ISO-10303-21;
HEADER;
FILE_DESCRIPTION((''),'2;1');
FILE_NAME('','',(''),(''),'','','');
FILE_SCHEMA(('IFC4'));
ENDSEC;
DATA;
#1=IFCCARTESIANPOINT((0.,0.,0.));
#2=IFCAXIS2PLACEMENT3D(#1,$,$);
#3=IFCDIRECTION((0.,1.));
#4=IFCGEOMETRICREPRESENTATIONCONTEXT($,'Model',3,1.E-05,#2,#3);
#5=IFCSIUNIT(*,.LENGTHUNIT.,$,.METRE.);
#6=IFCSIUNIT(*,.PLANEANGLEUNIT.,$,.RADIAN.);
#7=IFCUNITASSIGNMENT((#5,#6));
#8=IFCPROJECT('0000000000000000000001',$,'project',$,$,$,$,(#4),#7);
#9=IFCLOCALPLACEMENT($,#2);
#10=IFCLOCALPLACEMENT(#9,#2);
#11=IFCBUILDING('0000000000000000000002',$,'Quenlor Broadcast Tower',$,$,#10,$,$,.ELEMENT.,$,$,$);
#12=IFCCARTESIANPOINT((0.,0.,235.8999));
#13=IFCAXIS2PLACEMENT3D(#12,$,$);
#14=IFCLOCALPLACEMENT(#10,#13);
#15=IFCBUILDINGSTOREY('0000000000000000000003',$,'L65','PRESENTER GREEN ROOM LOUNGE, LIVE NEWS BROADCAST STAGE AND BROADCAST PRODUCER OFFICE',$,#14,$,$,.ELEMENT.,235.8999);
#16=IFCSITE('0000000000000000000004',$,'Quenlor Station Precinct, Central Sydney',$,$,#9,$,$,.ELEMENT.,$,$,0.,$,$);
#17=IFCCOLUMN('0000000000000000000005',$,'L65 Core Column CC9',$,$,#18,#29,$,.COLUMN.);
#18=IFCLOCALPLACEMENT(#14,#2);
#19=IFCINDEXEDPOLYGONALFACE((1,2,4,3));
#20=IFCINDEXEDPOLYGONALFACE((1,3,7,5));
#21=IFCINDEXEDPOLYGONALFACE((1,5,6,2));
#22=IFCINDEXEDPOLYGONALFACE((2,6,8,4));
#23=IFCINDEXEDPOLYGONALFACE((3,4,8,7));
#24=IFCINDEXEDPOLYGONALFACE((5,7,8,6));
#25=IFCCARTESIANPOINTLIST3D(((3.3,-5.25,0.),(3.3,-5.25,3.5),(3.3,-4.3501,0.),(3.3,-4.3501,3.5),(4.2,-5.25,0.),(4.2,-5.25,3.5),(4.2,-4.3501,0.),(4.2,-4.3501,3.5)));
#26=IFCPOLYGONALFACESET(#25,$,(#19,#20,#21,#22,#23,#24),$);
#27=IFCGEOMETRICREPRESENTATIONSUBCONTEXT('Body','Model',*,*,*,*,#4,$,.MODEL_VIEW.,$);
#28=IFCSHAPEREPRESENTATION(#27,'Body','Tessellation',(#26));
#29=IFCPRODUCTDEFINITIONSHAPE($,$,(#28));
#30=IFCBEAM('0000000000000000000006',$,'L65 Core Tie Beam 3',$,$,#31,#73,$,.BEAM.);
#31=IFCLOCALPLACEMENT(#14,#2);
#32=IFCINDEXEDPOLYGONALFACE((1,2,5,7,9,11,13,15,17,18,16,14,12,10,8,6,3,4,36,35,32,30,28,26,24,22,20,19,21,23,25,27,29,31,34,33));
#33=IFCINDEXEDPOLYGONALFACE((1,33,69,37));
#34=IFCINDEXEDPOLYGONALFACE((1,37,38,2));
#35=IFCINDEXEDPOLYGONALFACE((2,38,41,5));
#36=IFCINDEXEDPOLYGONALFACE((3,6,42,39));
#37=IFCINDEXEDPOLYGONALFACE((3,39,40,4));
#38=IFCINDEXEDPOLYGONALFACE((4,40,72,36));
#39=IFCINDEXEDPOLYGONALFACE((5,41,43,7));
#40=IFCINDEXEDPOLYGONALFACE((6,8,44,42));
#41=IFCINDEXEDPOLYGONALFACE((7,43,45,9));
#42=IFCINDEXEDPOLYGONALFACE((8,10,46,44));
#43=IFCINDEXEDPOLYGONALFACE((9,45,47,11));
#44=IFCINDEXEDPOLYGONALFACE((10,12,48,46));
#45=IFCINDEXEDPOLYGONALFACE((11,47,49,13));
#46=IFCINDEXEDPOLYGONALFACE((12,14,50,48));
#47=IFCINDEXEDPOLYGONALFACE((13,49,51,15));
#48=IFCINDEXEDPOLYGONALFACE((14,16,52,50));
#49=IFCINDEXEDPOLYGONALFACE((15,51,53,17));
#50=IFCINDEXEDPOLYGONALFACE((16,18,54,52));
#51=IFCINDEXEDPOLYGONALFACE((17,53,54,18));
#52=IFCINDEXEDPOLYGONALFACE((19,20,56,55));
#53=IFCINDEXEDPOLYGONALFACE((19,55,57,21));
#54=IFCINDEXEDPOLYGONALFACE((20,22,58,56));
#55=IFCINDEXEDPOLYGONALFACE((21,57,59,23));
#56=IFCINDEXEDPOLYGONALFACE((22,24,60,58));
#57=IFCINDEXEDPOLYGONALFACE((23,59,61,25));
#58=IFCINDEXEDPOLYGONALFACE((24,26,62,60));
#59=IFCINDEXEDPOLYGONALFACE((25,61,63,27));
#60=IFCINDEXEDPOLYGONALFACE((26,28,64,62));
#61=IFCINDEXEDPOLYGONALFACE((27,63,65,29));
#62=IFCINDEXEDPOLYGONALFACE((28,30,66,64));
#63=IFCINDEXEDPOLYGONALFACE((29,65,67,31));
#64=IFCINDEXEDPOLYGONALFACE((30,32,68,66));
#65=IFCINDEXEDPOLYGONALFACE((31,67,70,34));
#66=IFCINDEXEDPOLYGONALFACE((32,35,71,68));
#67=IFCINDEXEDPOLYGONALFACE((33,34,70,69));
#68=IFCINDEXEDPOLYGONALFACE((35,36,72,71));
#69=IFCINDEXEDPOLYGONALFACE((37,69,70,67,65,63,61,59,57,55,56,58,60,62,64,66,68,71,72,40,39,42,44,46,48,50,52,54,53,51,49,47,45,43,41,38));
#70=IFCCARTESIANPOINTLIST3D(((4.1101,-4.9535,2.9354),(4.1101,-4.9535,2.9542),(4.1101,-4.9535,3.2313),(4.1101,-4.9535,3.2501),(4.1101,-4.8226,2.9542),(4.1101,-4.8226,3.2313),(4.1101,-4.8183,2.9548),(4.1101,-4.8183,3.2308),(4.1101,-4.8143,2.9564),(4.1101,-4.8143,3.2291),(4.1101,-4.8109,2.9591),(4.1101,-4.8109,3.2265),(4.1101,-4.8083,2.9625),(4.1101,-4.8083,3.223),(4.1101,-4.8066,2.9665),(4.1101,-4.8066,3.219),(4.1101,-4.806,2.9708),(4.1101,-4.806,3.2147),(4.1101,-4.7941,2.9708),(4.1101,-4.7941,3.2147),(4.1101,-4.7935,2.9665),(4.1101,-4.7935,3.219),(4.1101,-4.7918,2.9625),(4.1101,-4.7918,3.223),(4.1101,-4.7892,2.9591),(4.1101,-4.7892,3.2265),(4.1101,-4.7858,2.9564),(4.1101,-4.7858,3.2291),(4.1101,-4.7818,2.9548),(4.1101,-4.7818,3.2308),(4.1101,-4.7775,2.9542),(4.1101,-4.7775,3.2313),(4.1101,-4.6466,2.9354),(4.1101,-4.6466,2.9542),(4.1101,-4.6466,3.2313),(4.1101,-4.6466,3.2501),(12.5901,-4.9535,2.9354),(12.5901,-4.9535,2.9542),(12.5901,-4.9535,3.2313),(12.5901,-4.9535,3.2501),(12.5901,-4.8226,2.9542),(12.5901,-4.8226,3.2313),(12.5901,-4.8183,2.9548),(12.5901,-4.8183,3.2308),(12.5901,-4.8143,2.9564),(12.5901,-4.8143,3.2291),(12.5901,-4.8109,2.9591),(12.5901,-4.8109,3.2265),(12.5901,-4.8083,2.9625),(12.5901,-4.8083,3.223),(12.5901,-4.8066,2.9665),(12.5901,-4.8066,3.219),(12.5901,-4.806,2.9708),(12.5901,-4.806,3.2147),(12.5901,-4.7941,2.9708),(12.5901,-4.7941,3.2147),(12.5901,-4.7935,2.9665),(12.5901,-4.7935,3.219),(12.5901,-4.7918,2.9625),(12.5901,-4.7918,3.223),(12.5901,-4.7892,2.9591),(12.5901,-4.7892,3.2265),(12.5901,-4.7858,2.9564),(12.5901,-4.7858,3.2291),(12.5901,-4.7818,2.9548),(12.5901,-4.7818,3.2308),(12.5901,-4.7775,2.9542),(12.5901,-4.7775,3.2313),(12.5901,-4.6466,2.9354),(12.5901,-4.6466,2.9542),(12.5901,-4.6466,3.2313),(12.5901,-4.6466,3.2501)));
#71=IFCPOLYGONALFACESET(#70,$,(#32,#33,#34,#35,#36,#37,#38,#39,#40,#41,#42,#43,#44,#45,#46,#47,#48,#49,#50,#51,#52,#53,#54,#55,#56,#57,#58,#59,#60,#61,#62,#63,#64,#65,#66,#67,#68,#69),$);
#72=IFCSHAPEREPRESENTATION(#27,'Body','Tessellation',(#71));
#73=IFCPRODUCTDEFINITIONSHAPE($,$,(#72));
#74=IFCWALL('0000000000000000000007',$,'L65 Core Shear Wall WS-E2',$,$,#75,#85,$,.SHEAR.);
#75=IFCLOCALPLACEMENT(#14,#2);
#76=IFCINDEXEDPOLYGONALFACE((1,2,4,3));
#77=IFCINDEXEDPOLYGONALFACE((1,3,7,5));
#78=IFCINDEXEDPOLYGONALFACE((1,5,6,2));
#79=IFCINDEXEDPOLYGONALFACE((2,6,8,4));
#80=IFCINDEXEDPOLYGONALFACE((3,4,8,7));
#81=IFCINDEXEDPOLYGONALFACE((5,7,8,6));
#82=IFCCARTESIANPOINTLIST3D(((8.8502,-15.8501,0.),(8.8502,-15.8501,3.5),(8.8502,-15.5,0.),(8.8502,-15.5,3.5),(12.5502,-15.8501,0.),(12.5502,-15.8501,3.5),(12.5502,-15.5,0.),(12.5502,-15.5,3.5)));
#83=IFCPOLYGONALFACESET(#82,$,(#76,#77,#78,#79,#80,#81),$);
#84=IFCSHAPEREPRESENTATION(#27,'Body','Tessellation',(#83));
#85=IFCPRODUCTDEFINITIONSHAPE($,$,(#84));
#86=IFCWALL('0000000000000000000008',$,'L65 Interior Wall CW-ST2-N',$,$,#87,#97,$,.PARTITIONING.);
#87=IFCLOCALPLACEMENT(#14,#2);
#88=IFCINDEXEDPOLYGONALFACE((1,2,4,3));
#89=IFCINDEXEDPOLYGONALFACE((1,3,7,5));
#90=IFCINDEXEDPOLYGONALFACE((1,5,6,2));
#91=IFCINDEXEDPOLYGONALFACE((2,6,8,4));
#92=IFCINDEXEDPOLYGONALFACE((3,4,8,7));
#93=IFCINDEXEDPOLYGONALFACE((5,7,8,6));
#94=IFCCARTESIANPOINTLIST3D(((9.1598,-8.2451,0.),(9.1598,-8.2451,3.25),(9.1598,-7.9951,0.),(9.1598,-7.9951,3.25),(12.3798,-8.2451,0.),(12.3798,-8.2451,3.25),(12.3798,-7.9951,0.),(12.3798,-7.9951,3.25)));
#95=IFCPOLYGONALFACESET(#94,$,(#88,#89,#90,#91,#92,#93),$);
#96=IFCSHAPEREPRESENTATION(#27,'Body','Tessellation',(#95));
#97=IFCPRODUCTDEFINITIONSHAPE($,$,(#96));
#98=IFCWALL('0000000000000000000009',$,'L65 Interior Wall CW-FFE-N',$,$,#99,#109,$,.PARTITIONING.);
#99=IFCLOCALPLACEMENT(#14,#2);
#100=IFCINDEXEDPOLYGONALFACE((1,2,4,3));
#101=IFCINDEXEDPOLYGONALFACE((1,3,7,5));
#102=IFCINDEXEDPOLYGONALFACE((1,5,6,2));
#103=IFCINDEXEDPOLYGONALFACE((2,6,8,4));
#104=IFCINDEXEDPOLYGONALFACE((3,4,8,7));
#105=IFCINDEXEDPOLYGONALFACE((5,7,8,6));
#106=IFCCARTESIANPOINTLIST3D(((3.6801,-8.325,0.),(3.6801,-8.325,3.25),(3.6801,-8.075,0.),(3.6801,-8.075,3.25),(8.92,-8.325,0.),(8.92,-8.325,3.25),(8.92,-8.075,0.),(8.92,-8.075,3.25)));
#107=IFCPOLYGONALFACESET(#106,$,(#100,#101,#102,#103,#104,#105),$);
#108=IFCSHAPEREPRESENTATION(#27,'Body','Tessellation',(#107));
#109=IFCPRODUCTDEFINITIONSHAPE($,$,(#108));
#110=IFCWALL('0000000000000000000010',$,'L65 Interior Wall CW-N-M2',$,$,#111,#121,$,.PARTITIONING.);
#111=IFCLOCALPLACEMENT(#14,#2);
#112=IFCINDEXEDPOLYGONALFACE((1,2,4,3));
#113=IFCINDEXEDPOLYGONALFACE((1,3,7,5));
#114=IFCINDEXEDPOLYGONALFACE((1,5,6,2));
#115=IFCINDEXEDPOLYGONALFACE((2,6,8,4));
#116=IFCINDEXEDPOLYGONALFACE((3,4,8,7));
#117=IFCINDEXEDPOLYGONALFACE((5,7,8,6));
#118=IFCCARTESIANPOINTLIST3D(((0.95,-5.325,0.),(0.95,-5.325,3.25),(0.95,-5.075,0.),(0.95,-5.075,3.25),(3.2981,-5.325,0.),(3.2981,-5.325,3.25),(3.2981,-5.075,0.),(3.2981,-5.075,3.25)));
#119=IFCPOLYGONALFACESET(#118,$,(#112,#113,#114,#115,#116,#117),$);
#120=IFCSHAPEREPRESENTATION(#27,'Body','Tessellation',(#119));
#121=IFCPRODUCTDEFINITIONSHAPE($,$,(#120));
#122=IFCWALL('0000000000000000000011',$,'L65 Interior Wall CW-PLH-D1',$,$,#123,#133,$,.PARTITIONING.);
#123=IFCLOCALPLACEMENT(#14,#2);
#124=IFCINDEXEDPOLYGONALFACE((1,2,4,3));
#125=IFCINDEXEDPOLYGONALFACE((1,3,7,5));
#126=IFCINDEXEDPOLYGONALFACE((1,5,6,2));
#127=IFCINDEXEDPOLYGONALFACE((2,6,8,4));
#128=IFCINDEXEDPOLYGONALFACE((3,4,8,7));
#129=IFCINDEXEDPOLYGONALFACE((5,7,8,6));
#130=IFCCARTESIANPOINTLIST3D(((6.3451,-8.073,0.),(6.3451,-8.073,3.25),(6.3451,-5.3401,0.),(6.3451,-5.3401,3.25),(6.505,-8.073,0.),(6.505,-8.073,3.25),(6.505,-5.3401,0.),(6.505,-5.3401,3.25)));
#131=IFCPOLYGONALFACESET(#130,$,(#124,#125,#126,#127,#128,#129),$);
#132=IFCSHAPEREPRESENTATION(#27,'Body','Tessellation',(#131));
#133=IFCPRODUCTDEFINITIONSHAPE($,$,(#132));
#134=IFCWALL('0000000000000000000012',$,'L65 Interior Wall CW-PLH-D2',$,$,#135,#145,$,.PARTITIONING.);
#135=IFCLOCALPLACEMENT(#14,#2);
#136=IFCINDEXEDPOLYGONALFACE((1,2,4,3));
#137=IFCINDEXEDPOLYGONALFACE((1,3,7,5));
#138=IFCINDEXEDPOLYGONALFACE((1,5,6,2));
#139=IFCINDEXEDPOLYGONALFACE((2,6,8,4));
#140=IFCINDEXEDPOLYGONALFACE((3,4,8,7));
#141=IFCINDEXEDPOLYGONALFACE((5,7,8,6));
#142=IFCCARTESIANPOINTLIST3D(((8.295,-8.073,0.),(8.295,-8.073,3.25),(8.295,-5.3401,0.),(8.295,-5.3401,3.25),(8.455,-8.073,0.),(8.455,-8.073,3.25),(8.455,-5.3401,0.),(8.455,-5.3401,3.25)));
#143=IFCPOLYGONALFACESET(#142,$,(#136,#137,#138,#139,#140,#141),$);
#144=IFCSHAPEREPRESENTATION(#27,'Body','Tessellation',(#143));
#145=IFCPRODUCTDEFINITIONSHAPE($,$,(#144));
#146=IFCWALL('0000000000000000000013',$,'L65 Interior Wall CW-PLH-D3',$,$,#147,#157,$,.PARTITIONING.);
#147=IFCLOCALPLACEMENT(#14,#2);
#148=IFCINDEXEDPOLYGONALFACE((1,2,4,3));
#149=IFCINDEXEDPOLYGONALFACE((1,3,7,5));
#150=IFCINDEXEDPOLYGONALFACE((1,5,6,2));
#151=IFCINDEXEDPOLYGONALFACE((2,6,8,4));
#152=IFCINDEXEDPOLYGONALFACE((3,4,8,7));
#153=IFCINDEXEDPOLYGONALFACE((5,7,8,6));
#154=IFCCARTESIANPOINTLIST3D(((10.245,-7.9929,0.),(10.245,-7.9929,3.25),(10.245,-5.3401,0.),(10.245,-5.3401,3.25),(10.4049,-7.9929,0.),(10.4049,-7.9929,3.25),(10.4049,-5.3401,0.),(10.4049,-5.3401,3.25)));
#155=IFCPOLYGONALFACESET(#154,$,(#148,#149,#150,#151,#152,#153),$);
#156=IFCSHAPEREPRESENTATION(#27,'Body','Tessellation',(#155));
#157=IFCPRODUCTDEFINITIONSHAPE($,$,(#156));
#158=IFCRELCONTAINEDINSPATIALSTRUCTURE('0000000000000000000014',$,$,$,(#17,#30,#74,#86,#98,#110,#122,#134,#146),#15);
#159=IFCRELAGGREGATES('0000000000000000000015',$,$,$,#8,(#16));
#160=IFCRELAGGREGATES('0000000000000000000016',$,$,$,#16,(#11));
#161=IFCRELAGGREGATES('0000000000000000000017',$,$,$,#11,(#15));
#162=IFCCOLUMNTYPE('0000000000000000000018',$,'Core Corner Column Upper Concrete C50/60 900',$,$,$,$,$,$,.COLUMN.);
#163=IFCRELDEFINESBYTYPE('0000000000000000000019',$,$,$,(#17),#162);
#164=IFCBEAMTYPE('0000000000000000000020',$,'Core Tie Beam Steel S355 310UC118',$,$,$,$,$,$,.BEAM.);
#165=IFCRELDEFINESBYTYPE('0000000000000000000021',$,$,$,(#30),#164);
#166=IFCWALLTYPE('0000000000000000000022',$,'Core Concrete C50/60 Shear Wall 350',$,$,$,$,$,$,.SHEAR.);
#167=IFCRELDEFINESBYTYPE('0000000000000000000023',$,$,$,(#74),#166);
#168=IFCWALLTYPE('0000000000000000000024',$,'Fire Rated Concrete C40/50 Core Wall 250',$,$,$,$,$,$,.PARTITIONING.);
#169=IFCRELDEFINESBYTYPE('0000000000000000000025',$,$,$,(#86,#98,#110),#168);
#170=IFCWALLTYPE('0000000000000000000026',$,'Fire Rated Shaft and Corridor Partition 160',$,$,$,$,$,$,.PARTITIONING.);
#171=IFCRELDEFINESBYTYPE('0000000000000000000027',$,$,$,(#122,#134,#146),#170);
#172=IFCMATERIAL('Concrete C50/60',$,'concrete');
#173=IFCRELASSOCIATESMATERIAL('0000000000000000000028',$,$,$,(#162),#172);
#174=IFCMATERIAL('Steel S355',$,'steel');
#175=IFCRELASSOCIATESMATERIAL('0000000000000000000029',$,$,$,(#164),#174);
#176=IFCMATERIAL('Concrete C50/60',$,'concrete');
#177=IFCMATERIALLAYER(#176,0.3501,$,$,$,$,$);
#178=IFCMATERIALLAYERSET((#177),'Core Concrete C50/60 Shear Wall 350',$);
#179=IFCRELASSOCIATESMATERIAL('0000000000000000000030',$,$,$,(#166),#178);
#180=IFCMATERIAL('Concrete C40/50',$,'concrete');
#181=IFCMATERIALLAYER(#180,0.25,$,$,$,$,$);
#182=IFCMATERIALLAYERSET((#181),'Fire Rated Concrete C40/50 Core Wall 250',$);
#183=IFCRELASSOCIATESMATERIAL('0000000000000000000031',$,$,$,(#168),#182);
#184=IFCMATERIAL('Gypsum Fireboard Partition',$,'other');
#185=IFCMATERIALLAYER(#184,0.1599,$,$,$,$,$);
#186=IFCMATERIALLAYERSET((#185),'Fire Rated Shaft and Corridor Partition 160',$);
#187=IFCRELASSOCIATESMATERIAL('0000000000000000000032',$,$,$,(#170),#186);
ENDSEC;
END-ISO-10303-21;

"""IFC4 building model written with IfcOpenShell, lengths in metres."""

from ifc_helpers import new_model, si_unit, direction, frame, frame_2d, origin, origin_2d, place, context, subcontext, project, spatial, rectangle, i_section, extrude, material, layer, layer_set, material_profile, profile_set, type_object, element, save


model = new_model("IFC4")

# Units and contexts
model_context = context("Model", 3, precision=1e-05, world=origin(), true_north=direction((0.0, 1.0)))
body_context = subcontext(model_context, "Body", "Model", "MODEL_VIEW")
ifc_project = project(units=[si_unit("LENGTHUNIT", "METRE"), si_unit("PLANEANGLEUNIT", "RADIAN")], contexts=[model_context])

# Site, building, storey
site_placement = place(None, origin())
site = spatial("IfcSite", under=ifc_project, at=site_placement, Name="Quenlor Station Precinct, Central Sydney", CompositionType="ELEMENT", RefElevation=0.0)
building_placement = place(site_placement, origin())
building = spatial("IfcBuilding", under=site, at=building_placement, Name="Quenlor Broadcast Tower", CompositionType="ELEMENT")
storey_placement = place(building_placement, frame((0.0, 0.0, 235.8999)))
storey = spatial("IfcBuildingStorey", under=building, at=storey_placement, Name="L65", Description="PRESENTER GREEN ROOM LOUNGE, LIVE NEWS BROADCAST STAGE AND BROADCAST PRODUCER OFFICE", CompositionType="ELEMENT", Elevation=235.8999)

# Column
ifc_material_1 = material(Name="Concrete C50/60", Category="concrete")
ifc_material_profile_1 = material_profile(ifc_material_1, rectangle(XDim=0.8999, YDim=0.8999, at=origin_2d()))
ifc_profile_set_1 = profile_set([ifc_material_profile_1], Name="Concrete C50/60 RC900x900")
column_type = type_object("IfcColumnType", Name="Core Corner Column Upper Concrete C50/60 900", PredefinedType="COLUMN", material=ifc_profile_set_1)
column_placement = place(storey_placement, frame((3.75, -4.8, 0.0), z_axis=(0.0, 0.0, 1.0), x_axis=(1.0, 0.0, 0.0)))
element("IfcColumn", 1, at=column_placement, inside=storey, type_object=column_type, Name="L65 Core Column CC9", PredefinedType="COLUMN", context=body_context, shape_type="SweptSolid", body=[
    extrude(rectangle(XDim=0.8999, YDim=0.8999, at=origin_2d()), origin(), (0.0, 0.0, 1.0), 3.5),
])

# Beam
ifc_material_2 = material(Name="Steel S355", Category="steel")
ifc_material_profile_2 = material_profile(ifc_material_2, i_section(OverallWidth=0.3069, OverallDepth=0.3147, WebThickness=0.012, FlangeThickness=0.0188, FilletRadius=0.0166, at=origin_2d()))
ifc_profile_set_2 = profile_set([ifc_material_profile_2], Name="Steel S355 310UC118")
beam_type = type_object("IfcBeamType", Name="Core Tie Beam Steel S355 310UC118", PredefinedType="BEAM", material=ifc_profile_set_2)
beam_placement = place(storey_placement, frame((4.1101, -4.8, 3.0928), z_axis=(1.0, 0.0, 0.0), x_axis=(0.0, 1.0, 0.0)))
element("IfcBeam", 2, at=beam_placement, inside=storey, type_object=beam_type, Name="L65 Core Tie Beam 3", PredefinedType="BEAM", context=body_context, shape_type="SweptSolid", body=[
    extrude(i_section(OverallWidth=0.3069, OverallDepth=0.3147, WebThickness=0.012, FlangeThickness=0.0188, FilletRadius=0.0166, at=origin_2d()), origin(), (0.0, 0.0, 1.0), 8.48),
])

# Wall
ifc_material_3 = material(Name="Concrete C50/60", Category="concrete")
ifc_layer_1 = layer(ifc_material_3, 0.3501)
ifc_layer_set_1 = layer_set([ifc_layer_1], Name="Core Concrete C50/60 Shear Wall 350")
wall_type_1 = type_object("IfcWallType", Name="Core Concrete C50/60 Shear Wall 350", PredefinedType="SHEAR", material=ifc_layer_set_1)
wall_1_placement = place(storey_placement, frame((8.8501, -15.675, 0.0), z_axis=(0.0, 0.0, 1.0), x_axis=(1.0, 0.0, 0.0)))
element("IfcWall", 3, at=wall_1_placement, inside=storey, type_object=wall_type_1, Name="L65 Core Shear Wall WS-E2", PredefinedType="SHEAR", context=body_context, shape_type="SweptSolid", body=[
    extrude(rectangle(XDim=3.7, YDim=0.3501, at=frame_2d((1.8501, 0.0))), origin(), (0.0, 0.0, 1.0), 3.5),
])

# Shared definitions
ifc_material_4 = material(Name="Concrete C40/50", Category="concrete")
ifc_layer_2 = layer(ifc_material_4, 0.25)
ifc_layer_set_2 = layer_set([ifc_layer_2], Name="Fire Rated Concrete C40/50 Core Wall 250")
wall_type_2 = type_object("IfcWallType", Name="Fire Rated Concrete C40/50 Core Wall 250", PredefinedType="PARTITIONING", material=ifc_layer_set_2)

# Wall
wall_2_placement = place(storey_placement, frame((9.1599, -8.1201, 0.0), z_axis=(0.0, 0.0, 1.0), x_axis=(1.0, 0.0, 0.0)))
element("IfcWall", 4, at=wall_2_placement, inside=storey, type_object=wall_type_2, Name="L65 Interior Wall CW-ST2-N", PredefinedType="PARTITIONING", context=body_context, shape_type="SweptSolid", body=[
    extrude(rectangle(XDim=3.22, YDim=0.25, at=frame_2d((1.6099, 0.0))), origin(), (0.0, 0.0, 1.0), 3.25),
])

# Wall
wall_3_placement = place(storey_placement, frame((3.6799, -8.2, 0.0), z_axis=(0.0, 0.0, 1.0), x_axis=(1.0, 0.0, 0.0)))
element("IfcWall", 5, at=wall_3_placement, inside=storey, type_object=wall_type_2, Name="L65 Interior Wall CW-FFE-N", PredefinedType="PARTITIONING", context=body_context, shape_type="SweptSolid", body=[
    extrude(rectangle(XDim=5.24, YDim=0.25, at=frame_2d((2.6201, 0.0))), origin(), (0.0, 0.0, 1.0), 3.25),
])

# Walls
wall_4_placement = place(storey_placement, frame((0.95, -5.2, 0.0), z_axis=(0.0, 0.0, 1.0), x_axis=(1.0, 0.0, 0.0)))
element("IfcWall", 6, at=wall_4_placement, inside=storey, type_object=wall_type_2, Name="L65 Interior Wall CW-N-M2", PredefinedType="PARTITIONING", context=body_context, shape_type="SweptSolid", body=[
    extrude(rectangle(XDim=2.3481, YDim=0.25, at=frame_2d((1.1741, 0.0))), origin(), (0.0, 0.0, 1.0), 3.25),
])
ifc_material_5 = material(Name="Gypsum Fireboard Partition", Category="other")
ifc_layer_3 = layer(ifc_material_5, 0.1599)
ifc_layer_set_3 = layer_set([ifc_layer_3], Name="Fire Rated Shaft and Corridor Partition 160")
wall_type_3 = type_object("IfcWallType", Name="Fire Rated Shaft and Corridor Partition 160", PredefinedType="PARTITIONING", material=ifc_layer_set_3)
for number, where, z_axis, x_axis, name in (
    (7, (6.425, -8.073, 0.0), (0.0, 0.0, 1.0), (0.0, 1.0, 0.0), "L65 Interior Wall CW-PLH-D1"),
    (8, (8.375, -8.073, 0.0), (0.0, 0.0, 1.0), (0.0, 1.0, 0.0), "L65 Interior Wall CW-PLH-D2"),
):
    element("IfcWall", number, at=place(storey_placement, frame(where, z_axis=z_axis, x_axis=x_axis)), inside=storey, type_object=wall_type_3, Name=name, PredefinedType="PARTITIONING", context=body_context, shape_type="SweptSolid", body=[
        extrude(rectangle(XDim=2.7329, YDim=0.1599, at=frame_2d((1.3665, 0.0))), origin(), (0.0, 0.0, 1.0), 3.25),
    ])
wall_5_placement = place(storey_placement, frame((10.325, -7.9929, 0.0), z_axis=(0.0, 0.0, 1.0), x_axis=(0.0, 1.0, 0.0)))
element("IfcWall", 9, at=wall_5_placement, inside=storey, type_object=wall_type_3, Name="L65 Interior Wall CW-PLH-D3", PredefinedType="PARTITIONING", context=body_context, shape_type="SweptSolid", body=[
    extrude(rectangle(XDim=2.6528, YDim=0.1599, at=frame_2d((1.3264, 0.0))), origin(), (0.0, 0.0, 1.0), 3.25),
])

save(model, "model.ifc")
